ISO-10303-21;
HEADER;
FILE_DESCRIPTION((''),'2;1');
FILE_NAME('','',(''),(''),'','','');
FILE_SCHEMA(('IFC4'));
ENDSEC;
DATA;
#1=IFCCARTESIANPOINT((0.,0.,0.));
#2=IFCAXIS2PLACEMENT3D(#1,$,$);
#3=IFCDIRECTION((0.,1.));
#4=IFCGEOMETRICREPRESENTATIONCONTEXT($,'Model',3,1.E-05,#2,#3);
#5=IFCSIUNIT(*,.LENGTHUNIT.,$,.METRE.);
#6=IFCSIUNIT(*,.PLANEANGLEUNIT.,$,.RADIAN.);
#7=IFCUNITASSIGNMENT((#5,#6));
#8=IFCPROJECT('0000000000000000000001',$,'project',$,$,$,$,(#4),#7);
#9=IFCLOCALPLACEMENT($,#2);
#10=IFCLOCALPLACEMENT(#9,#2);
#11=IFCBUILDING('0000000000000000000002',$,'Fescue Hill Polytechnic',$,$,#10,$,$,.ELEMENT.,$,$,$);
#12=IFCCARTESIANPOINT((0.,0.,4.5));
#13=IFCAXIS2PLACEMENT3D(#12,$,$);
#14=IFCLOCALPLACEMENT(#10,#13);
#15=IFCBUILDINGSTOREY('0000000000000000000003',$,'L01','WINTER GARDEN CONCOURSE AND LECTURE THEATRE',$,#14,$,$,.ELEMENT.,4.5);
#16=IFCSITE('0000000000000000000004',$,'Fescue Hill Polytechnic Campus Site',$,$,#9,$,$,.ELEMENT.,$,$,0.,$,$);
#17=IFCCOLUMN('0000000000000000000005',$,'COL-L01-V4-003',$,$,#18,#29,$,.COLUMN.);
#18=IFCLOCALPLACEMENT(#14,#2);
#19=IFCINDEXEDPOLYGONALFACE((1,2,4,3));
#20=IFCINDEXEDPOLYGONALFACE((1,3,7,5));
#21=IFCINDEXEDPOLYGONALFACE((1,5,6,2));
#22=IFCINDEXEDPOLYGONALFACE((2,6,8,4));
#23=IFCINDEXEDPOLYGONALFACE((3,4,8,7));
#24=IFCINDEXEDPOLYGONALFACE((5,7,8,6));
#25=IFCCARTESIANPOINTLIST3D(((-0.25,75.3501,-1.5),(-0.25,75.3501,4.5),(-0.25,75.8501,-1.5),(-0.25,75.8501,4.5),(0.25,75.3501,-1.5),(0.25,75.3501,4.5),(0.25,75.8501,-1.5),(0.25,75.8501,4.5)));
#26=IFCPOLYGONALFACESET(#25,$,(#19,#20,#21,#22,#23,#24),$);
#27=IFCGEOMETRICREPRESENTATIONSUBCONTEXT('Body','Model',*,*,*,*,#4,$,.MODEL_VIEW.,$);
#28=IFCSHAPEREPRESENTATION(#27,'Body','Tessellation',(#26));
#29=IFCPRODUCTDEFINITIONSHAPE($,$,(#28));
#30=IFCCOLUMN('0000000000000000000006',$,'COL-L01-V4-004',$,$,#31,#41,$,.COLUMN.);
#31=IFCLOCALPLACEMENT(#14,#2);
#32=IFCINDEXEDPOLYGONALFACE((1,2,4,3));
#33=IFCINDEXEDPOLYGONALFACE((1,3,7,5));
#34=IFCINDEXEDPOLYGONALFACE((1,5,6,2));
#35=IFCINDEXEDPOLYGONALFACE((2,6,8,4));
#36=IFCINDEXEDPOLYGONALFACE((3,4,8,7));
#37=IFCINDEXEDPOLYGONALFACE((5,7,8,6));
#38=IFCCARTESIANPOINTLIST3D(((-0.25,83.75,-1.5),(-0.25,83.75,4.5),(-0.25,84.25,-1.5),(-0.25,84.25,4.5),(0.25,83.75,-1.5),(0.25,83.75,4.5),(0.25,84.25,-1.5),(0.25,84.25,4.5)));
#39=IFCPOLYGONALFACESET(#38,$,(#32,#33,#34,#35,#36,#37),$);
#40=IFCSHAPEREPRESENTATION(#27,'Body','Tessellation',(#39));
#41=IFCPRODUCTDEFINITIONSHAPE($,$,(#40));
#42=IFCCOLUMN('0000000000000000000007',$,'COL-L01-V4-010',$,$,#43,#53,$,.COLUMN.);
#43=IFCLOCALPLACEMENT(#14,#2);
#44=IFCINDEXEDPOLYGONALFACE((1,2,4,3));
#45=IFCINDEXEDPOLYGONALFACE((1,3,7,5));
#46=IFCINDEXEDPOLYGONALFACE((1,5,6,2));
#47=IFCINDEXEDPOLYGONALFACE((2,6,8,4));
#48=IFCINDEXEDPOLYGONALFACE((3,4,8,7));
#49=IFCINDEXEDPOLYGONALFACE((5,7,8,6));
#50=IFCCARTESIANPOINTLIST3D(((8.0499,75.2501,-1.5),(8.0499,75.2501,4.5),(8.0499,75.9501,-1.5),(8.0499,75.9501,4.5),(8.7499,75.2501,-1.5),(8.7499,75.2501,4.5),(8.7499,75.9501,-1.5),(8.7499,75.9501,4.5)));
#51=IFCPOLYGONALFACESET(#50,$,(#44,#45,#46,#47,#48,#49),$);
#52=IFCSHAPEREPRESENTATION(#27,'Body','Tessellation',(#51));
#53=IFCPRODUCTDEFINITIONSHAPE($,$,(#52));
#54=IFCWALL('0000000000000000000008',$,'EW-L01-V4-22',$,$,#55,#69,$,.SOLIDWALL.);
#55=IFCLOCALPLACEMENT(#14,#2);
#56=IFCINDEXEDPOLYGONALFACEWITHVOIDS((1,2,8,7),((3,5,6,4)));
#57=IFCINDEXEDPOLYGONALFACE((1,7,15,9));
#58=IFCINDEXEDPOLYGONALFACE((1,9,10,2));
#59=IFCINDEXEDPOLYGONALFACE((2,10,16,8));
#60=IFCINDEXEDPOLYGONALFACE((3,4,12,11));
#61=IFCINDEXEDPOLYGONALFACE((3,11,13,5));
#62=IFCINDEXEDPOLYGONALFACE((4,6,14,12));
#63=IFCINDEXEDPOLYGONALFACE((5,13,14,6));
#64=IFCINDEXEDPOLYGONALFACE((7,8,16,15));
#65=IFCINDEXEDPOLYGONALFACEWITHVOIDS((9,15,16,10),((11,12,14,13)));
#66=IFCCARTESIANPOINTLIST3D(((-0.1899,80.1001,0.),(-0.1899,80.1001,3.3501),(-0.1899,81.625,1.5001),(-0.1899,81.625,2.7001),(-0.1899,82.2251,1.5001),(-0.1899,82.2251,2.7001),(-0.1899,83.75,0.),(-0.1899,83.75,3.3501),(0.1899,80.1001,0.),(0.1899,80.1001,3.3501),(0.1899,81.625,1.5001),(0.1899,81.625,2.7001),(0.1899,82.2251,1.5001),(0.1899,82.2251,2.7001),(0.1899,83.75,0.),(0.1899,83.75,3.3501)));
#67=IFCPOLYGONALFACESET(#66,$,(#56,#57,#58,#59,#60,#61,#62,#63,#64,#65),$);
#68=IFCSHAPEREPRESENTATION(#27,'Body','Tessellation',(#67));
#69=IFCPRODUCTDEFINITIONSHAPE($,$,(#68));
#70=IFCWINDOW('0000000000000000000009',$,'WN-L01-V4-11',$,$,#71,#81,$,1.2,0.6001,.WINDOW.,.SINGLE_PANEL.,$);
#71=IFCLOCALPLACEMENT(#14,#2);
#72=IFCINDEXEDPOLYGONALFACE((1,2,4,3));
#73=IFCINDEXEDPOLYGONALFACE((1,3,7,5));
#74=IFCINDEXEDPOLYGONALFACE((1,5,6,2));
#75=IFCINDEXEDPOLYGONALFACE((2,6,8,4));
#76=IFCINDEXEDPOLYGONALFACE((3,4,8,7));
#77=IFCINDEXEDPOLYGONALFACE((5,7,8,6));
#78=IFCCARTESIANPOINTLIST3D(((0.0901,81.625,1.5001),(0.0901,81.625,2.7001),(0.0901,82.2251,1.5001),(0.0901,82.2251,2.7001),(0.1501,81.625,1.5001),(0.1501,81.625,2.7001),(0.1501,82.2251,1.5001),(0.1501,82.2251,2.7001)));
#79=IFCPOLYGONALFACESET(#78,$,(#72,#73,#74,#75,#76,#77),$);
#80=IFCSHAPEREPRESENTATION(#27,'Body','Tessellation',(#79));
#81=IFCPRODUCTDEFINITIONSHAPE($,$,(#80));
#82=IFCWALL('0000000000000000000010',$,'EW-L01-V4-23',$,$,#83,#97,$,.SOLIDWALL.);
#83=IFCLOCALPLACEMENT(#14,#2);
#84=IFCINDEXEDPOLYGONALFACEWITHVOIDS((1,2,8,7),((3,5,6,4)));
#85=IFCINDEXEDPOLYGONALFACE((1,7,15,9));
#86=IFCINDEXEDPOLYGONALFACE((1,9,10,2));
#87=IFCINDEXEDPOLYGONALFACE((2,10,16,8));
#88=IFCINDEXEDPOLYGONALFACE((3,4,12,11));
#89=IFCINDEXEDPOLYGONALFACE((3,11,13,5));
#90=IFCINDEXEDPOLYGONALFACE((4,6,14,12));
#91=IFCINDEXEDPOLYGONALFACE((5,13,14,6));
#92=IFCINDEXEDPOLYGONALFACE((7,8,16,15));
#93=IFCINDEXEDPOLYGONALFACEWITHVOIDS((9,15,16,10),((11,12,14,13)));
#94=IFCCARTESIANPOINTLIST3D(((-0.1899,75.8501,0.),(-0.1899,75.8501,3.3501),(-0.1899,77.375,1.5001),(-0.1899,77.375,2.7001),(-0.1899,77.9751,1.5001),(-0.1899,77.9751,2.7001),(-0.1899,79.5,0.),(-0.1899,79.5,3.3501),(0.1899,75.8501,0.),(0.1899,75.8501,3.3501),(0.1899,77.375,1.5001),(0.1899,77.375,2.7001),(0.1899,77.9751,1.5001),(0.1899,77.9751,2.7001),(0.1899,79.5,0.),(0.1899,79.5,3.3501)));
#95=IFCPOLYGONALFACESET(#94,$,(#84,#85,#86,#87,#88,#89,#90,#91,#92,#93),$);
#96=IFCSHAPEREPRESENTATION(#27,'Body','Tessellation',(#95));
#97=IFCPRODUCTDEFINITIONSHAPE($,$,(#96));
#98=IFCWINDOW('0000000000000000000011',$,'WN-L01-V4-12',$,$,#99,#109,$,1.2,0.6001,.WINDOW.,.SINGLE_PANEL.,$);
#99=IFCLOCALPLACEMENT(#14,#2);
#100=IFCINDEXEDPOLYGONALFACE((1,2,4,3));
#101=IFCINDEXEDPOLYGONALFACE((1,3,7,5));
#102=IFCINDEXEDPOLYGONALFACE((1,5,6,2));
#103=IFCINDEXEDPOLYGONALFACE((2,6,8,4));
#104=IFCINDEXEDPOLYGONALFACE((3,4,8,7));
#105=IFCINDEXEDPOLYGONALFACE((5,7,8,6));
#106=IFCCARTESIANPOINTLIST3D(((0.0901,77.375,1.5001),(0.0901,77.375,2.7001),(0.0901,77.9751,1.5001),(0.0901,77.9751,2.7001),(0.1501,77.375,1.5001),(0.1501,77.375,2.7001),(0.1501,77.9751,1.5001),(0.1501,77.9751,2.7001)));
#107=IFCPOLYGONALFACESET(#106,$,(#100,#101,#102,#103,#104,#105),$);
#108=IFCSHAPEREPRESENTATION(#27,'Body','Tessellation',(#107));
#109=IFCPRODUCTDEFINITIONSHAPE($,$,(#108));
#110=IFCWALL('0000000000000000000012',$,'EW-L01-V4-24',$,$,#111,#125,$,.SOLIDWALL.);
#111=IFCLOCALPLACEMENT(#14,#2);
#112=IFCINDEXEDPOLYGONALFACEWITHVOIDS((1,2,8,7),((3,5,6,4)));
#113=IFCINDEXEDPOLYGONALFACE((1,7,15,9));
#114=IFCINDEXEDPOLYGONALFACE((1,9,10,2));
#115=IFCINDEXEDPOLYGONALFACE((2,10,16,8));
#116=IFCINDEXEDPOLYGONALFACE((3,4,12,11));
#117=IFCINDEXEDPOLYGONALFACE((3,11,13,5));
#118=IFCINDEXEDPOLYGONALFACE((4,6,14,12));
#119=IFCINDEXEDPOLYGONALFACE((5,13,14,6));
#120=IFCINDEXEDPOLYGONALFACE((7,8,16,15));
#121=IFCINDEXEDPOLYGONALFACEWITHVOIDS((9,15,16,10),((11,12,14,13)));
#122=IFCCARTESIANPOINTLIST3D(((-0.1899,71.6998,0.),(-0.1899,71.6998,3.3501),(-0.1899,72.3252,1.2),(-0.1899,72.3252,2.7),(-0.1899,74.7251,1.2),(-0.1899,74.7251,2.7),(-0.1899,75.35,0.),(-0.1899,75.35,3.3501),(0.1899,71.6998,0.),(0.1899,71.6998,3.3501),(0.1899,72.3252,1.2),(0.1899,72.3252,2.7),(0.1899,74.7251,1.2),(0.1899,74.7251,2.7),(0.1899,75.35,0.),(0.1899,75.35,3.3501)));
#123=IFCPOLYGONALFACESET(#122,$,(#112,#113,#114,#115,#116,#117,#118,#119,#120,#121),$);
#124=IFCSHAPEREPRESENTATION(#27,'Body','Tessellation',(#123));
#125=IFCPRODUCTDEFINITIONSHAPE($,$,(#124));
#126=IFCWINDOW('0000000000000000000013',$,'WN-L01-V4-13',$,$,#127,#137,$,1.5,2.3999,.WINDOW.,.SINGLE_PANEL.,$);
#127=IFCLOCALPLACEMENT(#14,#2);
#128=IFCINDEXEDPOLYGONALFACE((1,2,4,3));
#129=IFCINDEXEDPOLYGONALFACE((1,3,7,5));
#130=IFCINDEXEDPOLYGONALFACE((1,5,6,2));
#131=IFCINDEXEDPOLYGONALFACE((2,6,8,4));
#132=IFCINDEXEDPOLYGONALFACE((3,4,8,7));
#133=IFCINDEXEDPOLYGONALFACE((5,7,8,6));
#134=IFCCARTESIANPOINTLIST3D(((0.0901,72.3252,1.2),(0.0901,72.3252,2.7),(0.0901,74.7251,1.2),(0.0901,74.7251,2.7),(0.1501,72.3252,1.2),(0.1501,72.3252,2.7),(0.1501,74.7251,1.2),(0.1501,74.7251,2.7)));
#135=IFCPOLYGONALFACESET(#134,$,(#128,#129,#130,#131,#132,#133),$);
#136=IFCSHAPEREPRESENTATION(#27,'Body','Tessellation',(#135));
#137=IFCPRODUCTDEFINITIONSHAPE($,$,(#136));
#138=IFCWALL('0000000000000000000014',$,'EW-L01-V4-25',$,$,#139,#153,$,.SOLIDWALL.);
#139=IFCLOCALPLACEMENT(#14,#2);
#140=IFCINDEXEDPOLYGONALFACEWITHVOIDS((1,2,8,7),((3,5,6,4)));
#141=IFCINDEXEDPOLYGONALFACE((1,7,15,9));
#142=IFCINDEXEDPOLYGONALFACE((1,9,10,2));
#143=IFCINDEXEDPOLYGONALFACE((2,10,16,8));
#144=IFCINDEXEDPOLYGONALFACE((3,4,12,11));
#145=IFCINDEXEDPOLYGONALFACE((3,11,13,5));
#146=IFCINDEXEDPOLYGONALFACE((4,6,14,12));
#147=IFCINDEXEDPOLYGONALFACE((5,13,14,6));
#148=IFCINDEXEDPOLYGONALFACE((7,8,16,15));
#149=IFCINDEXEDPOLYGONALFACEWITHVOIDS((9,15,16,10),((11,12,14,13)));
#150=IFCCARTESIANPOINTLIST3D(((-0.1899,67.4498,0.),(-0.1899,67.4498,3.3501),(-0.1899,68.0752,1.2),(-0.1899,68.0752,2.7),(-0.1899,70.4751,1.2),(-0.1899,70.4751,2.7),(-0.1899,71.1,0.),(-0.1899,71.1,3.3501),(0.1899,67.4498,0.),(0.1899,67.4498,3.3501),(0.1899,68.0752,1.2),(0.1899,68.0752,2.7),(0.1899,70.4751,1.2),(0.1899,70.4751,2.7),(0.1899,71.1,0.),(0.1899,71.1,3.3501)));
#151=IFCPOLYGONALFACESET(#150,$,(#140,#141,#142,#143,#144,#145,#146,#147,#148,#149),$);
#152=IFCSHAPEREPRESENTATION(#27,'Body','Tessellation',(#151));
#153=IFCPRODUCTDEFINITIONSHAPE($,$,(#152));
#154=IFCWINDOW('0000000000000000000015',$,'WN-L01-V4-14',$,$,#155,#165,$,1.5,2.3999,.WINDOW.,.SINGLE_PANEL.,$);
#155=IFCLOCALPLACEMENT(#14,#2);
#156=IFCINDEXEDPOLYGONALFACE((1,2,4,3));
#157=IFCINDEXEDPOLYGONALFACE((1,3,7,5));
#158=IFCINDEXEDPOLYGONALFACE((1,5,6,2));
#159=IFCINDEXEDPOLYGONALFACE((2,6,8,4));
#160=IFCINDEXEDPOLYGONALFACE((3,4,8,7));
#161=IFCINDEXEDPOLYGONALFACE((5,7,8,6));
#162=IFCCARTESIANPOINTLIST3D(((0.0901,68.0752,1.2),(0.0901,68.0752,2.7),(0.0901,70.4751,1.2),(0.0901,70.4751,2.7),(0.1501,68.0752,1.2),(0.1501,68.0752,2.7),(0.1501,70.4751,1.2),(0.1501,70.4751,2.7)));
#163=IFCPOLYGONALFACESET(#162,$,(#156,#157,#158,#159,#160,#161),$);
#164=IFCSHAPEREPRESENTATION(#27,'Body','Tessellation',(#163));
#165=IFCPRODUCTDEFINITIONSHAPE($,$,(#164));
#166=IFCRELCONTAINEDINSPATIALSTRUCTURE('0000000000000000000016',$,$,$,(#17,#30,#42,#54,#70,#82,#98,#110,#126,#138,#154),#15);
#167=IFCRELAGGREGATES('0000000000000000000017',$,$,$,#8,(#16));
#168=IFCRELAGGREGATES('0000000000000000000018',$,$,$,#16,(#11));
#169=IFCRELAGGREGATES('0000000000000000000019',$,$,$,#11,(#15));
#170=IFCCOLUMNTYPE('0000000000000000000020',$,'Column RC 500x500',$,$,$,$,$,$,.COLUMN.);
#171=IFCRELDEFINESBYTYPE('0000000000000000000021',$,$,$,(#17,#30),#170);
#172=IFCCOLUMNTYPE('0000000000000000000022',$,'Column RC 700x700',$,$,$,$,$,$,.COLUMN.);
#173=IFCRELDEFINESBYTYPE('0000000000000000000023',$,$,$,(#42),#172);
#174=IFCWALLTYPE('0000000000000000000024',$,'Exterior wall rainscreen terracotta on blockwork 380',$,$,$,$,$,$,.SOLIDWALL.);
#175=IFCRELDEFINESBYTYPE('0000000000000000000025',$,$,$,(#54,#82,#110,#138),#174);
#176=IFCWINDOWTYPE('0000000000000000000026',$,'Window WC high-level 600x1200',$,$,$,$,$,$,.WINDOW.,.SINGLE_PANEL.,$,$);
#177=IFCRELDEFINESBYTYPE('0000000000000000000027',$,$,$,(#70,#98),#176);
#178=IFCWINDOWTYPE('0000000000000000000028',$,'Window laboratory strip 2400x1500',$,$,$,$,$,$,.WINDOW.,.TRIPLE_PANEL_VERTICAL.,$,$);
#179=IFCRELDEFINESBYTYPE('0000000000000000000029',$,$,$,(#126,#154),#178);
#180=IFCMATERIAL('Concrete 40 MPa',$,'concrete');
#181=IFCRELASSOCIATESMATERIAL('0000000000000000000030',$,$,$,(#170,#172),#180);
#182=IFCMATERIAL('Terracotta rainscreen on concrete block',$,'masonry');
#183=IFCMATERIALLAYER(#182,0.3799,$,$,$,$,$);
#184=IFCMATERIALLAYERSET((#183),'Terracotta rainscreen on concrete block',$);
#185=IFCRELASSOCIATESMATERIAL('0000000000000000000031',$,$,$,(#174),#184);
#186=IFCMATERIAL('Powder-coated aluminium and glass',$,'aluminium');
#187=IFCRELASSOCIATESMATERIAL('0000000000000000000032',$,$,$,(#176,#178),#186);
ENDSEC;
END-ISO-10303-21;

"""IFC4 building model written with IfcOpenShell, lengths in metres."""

from ifc_helpers import new_model, si_unit, direction, frame, frame_2d, origin, origin_2d, place, context, subcontext, project, spatial, rectangle, extrude, material, layer, layer_set, material_profile, profile_set, type_object, element, fill, save


model = new_model("IFC4")

# Units and contexts
model_context = context("Model", 3, precision=1e-05, world=origin(), true_north=direction((0.0, 1.0)))
body_context = subcontext(model_context, "Body", "Model", "MODEL_VIEW")
ifc_project = project(units=[si_unit("LENGTHUNIT", "METRE"), si_unit("PLANEANGLEUNIT", "RADIAN")], contexts=[model_context])

# Site, building, storey
site_placement = place(None, origin())
site = spatial("IfcSite", under=ifc_project, at=site_placement, Name="Fescue Hill Polytechnic Campus Site", CompositionType="ELEMENT", RefElevation=0.0)
building_placement = place(site_placement, origin())
building = spatial("IfcBuilding", under=site, at=building_placement, Name="Fescue Hill Polytechnic", CompositionType="ELEMENT")
storey_placement = place(building_placement, frame((0.0, 0.0, 4.5)))
storey = spatial("IfcBuildingStorey", under=building, at=storey_placement, Name="L01", Description="WINTER GARDEN CONCOURSE AND LECTURE THEATRE", CompositionType="ELEMENT", Elevation=4.5)

# Columns
ifc_material_1 = material(Name="Concrete 40 MPa", Category="concrete")
ifc_material_profile_1 = material_profile(ifc_material_1, rectangle(XDim=0.5, YDim=0.5, at=origin_2d()), Name="RC 500x500")
ifc_profile_set_1 = profile_set([ifc_material_profile_1], Name="Concrete 40 MPa")
column_type_1 = type_object("IfcColumnType", Name="Column RC 500x500", PredefinedType="COLUMN", material=ifc_profile_set_1)
for number, where, z_axis, x_axis, name in (
    (1, (0.0, 75.6001, -1.5), (0.0, 0.0, 1.0), (1.0, 0.0, 0.0), "COL-L01-V4-003"),
    (2, (0.0, 84.0, -1.5), (0.0, 0.0, 1.0), (1.0, 0.0, 0.0), "COL-L01-V4-004"),
):
    element("IfcColumn", number, at=place(storey_placement, frame(where, z_axis=z_axis, x_axis=x_axis)), inside=storey, type_object=column_type_1, Name=name, PredefinedType="COLUMN", context=body_context, shape_type="SweptSolid", body=[
        extrude(rectangle(XDim=0.5, YDim=0.5, at=origin_2d()), origin(), (0.0, 0.0, 1.0), 6.0),
    ])
ifc_material_profile_2 = material_profile(ifc_material_1, rectangle(XDim=0.7, YDim=0.7, at=origin_2d()), Name="RC 700x700")
ifc_profile_set_2 = profile_set([ifc_material_profile_2], Name="Concrete 40 MPa")
column_type_2 = type_object("IfcColumnType", Name="Column RC 700x700", PredefinedType="COLUMN", material=ifc_profile_set_2)
column_placement = place(storey_placement, frame((8.3999, 75.6001, -1.5), z_axis=(0.0, 0.0, 1.0), x_axis=(1.0, 0.0, 0.0)))
element("IfcColumn", 3, at=column_placement, inside=storey, type_object=column_type_2, Name="COL-L01-V4-010", PredefinedType="COLUMN", context=body_context, shape_type="SweptSolid", body=[
    extrude(rectangle(XDim=0.7, YDim=0.7, at=origin_2d()), origin(), (0.0, 0.0, 1.0), 6.0),
])

# Walls, openings, windows
ifc_material_2 = material(Name="Terracotta rainscreen on concrete block", Category="masonry")
ifc_layer_1 = layer(ifc_material_2, 0.3799)
ifc_layer_set_1 = layer_set([ifc_layer_1], Name="Terracotta rainscreen on concrete block")
wall_type_1 = type_object("IfcWallType", Name="Exterior wall rainscreen terracotta on blockwork 380", PredefinedType="SOLIDWALL", material=ifc_layer_set_1)
wall_1_placement = place(storey_placement, frame((0.0, 83.75, 0.0), z_axis=(0.0, 0.0, 1.0), x_axis=(0.0, -1.0, 0.0)))
wall_1 = element("IfcWall", 4, at=wall_1_placement, inside=storey, type_object=wall_type_1, Name="EW-L01-V4-22", PredefinedType="SOLIDWALL", context=body_context, shape_type="SweptSolid", body=[
    extrude(rectangle(XDim=3.6499, YDim=0.3799, at=frame_2d((1.825, 0.0))), origin(), (0.0, 0.0, 1.0), 3.3501),
])
opening_1_placement = place(wall_1_placement, frame((1.5249, 0.0, 1.5)))
opening_1 = element("IfcOpeningElement", 5, at=opening_1_placement, cuts=wall_1, PredefinedType="OPENING", context=body_context, shape_type="SweptSolid", body=[
    extrude(rectangle(XDim=0.6001, YDim=1.2, at=frame_2d((0.3, 0.6001))), frame((0.0, 0.2, 0.0), z_axis=(0.0, -1.0, 0.0), x_axis=(1.0, 0.0, 0.0)), (0.0, 0.0, 1.0), 0.3999),
])
ifc_material_3 = material(Name="Powder-coated aluminium and glass", Category="aluminium")
window_type_1 = type_object("IfcWindowType", Name="Window WC high-level 600x1200", PartitioningType="SINGLE_PANEL", PredefinedType="WINDOW", material=ifc_material_3)
window_1_placement = place(opening_1_placement, origin())
window_1 = element("IfcWindow", 6, at=window_1_placement, inside=storey, type_object=window_type_1, Name="WN-L01-V4-11", OverallHeight=1.2, OverallWidth=0.6001, PartitioningType="SINGLE_PANEL", PredefinedType="WINDOW", context=body_context, shape_type="SweptSolid", body=[
    extrude(rectangle(XDim=0.6001, YDim=1.2, at=frame_2d((0.3, 0.6001))), frame((0.0, 0.1501, 0.0), z_axis=(0.0, -1.0, 0.0), x_axis=(1.0, 0.0, 0.0)), (0.0, 0.0, 1.0), 0.0601),
])
fill(opening_1, window_1)
wall_2_placement = place(storey_placement, frame((0.0, 79.5, 0.0), z_axis=(0.0, 0.0, 1.0), x_axis=(0.0, -1.0, 0.0)))
wall_2 = element("IfcWall", 7, at=wall_2_placement, inside=storey, type_object=wall_type_1, Name="EW-L01-V4-23", PredefinedType="SOLIDWALL", context=body_context, shape_type="SweptSolid", body=[
    extrude(rectangle(XDim=3.6499, YDim=0.3799, at=frame_2d((1.825, 0.0))), origin(), (0.0, 0.0, 1.0), 3.3501),
])
opening_2_placement = place(wall_2_placement, frame((1.5249, 0.0, 1.5)))
opening_2 = element("IfcOpeningElement", 8, at=opening_2_placement, cuts=wall_2, PredefinedType="OPENING", context=body_context, shape_type="SweptSolid", body=[
    extrude(rectangle(XDim=0.6001, YDim=1.2, at=frame_2d((0.3, 0.6001))), frame((0.0, 0.2, 0.0), z_axis=(0.0, -1.0, 0.0), x_axis=(1.0, 0.0, 0.0)), (0.0, 0.0, 1.0), 0.3999),
])
window_2_placement = place(opening_2_placement, origin())
window_2 = element("IfcWindow", 9, at=window_2_placement, inside=storey, type_object=window_type_1, Name="WN-L01-V4-12", OverallHeight=1.2, OverallWidth=0.6001, PartitioningType="SINGLE_PANEL", PredefinedType="WINDOW", context=body_context, shape_type="SweptSolid", body=[
    extrude(rectangle(XDim=0.6001, YDim=1.2, at=frame_2d((0.3, 0.6001))), frame((0.0, 0.1501, 0.0), z_axis=(0.0, -1.0, 0.0), x_axis=(1.0, 0.0, 0.0)), (0.0, 0.0, 1.0), 0.0601),
])
fill(opening_2, window_2)
wall_3_placement = place(storey_placement, frame((0.0, 75.3501, 0.0), z_axis=(0.0, 0.0, 1.0), x_axis=(0.0, -1.0, 0.0)))
wall_3 = element("IfcWall", 10, at=wall_3_placement, inside=storey, type_object=wall_type_1, Name="EW-L01-V4-24", PredefinedType="SOLIDWALL", context=body_context, shape_type="SweptSolid", body=[
    extrude(rectangle(XDim=3.6501, YDim=0.3799, at=frame_2d((1.8252, 0.0))), origin(), (0.0, 0.0, 1.0), 3.3501),
])
opening_3_placement = place(wall_3_placement, frame((0.625, 0.0, 1.2)))
opening_3 = element("IfcOpeningElement", 11, at=opening_3_placement, cuts=wall_3, PredefinedType="OPENING", context=body_context, shape_type="SweptSolid", body=[
    extrude(rectangle(XDim=2.3999, YDim=1.5, at=frame_2d((1.2, 0.75))), frame((0.0, 0.2, 0.0), z_axis=(0.0, -1.0, 0.0), x_axis=(1.0, 0.0, 0.0)), (0.0, 0.0, 1.0), 0.3999),
])
window_type_2 = type_object("IfcWindowType", Name="Window laboratory strip 2400x1500", PartitioningType="TRIPLE_PANEL_VERTICAL", PredefinedType="WINDOW", material=ifc_material_3)
window_3_placement = place(opening_3_placement, origin())
window_3 = element("IfcWindow", 12, at=window_3_placement, inside=storey, type_object=window_type_2, Name="WN-L01-V4-13", OverallHeight=1.5, OverallWidth=2.3999, PartitioningType="SINGLE_PANEL", PredefinedType="WINDOW", context=body_context, shape_type="SweptSolid", body=[
    extrude(rectangle(XDim=2.3999, YDim=1.5, at=frame_2d((1.2, 0.75))), frame((0.0, 0.1501, 0.0), z_axis=(0.0, -1.0, 0.0), x_axis=(1.0, 0.0, 0.0)), (0.0, 0.0, 1.0), 0.0601),
])
fill(opening_3, window_3)
wall_4_placement = place(storey_placement, frame((0.0, 71.1001, 0.0), z_axis=(0.0, 0.0, 1.0), x_axis=(0.0, -1.0, 0.0)))
wall_4 = element("IfcWall", 13, at=wall_4_placement, inside=storey, type_object=wall_type_1, Name="EW-L01-V4-25", PredefinedType="SOLIDWALL", context=body_context, shape_type="SweptSolid", body=[
    extrude(rectangle(XDim=3.6501, YDim=0.3799, at=frame_2d((1.8252, 0.0))), origin(), (0.0, 0.0, 1.0), 3.3501),
])
opening_4_placement = place(wall_4_placement, frame((0.625, 0.0, 1.2)))
opening_4 = element("IfcOpeningElement", 14, at=opening_4_placement, cuts=wall_4, PredefinedType="OPENING", context=body_context, shape_type="SweptSolid", body=[
    extrude(rectangle(XDim=2.3999, YDim=1.5, at=frame_2d((1.2, 0.75))), frame((0.0, 0.2, 0.0), z_axis=(0.0, -1.0, 0.0), x_axis=(1.0, 0.0, 0.0)), (0.0, 0.0, 1.0), 0.3999),
])
window_4_placement = place(opening_4_placement, origin())
window_4 = element("IfcWindow", 15, at=window_4_placement, inside=storey, type_object=window_type_2, Name="WN-L01-V4-14", OverallHeight=1.5, OverallWidth=2.3999, PartitioningType="SINGLE_PANEL", PredefinedType="WINDOW", context=body_context, shape_type="SweptSolid", body=[
    extrude(rectangle(XDim=2.3999, YDim=1.5, at=frame_2d((1.2, 0.75))), frame((0.0, 0.1501, 0.0), z_axis=(0.0, -1.0, 0.0), x_axis=(1.0, 0.0, 0.0)), (0.0, 0.0, 1.0), 0.0601),
])
fill(opening_4, window_4)

save(model, "model.ifc")
